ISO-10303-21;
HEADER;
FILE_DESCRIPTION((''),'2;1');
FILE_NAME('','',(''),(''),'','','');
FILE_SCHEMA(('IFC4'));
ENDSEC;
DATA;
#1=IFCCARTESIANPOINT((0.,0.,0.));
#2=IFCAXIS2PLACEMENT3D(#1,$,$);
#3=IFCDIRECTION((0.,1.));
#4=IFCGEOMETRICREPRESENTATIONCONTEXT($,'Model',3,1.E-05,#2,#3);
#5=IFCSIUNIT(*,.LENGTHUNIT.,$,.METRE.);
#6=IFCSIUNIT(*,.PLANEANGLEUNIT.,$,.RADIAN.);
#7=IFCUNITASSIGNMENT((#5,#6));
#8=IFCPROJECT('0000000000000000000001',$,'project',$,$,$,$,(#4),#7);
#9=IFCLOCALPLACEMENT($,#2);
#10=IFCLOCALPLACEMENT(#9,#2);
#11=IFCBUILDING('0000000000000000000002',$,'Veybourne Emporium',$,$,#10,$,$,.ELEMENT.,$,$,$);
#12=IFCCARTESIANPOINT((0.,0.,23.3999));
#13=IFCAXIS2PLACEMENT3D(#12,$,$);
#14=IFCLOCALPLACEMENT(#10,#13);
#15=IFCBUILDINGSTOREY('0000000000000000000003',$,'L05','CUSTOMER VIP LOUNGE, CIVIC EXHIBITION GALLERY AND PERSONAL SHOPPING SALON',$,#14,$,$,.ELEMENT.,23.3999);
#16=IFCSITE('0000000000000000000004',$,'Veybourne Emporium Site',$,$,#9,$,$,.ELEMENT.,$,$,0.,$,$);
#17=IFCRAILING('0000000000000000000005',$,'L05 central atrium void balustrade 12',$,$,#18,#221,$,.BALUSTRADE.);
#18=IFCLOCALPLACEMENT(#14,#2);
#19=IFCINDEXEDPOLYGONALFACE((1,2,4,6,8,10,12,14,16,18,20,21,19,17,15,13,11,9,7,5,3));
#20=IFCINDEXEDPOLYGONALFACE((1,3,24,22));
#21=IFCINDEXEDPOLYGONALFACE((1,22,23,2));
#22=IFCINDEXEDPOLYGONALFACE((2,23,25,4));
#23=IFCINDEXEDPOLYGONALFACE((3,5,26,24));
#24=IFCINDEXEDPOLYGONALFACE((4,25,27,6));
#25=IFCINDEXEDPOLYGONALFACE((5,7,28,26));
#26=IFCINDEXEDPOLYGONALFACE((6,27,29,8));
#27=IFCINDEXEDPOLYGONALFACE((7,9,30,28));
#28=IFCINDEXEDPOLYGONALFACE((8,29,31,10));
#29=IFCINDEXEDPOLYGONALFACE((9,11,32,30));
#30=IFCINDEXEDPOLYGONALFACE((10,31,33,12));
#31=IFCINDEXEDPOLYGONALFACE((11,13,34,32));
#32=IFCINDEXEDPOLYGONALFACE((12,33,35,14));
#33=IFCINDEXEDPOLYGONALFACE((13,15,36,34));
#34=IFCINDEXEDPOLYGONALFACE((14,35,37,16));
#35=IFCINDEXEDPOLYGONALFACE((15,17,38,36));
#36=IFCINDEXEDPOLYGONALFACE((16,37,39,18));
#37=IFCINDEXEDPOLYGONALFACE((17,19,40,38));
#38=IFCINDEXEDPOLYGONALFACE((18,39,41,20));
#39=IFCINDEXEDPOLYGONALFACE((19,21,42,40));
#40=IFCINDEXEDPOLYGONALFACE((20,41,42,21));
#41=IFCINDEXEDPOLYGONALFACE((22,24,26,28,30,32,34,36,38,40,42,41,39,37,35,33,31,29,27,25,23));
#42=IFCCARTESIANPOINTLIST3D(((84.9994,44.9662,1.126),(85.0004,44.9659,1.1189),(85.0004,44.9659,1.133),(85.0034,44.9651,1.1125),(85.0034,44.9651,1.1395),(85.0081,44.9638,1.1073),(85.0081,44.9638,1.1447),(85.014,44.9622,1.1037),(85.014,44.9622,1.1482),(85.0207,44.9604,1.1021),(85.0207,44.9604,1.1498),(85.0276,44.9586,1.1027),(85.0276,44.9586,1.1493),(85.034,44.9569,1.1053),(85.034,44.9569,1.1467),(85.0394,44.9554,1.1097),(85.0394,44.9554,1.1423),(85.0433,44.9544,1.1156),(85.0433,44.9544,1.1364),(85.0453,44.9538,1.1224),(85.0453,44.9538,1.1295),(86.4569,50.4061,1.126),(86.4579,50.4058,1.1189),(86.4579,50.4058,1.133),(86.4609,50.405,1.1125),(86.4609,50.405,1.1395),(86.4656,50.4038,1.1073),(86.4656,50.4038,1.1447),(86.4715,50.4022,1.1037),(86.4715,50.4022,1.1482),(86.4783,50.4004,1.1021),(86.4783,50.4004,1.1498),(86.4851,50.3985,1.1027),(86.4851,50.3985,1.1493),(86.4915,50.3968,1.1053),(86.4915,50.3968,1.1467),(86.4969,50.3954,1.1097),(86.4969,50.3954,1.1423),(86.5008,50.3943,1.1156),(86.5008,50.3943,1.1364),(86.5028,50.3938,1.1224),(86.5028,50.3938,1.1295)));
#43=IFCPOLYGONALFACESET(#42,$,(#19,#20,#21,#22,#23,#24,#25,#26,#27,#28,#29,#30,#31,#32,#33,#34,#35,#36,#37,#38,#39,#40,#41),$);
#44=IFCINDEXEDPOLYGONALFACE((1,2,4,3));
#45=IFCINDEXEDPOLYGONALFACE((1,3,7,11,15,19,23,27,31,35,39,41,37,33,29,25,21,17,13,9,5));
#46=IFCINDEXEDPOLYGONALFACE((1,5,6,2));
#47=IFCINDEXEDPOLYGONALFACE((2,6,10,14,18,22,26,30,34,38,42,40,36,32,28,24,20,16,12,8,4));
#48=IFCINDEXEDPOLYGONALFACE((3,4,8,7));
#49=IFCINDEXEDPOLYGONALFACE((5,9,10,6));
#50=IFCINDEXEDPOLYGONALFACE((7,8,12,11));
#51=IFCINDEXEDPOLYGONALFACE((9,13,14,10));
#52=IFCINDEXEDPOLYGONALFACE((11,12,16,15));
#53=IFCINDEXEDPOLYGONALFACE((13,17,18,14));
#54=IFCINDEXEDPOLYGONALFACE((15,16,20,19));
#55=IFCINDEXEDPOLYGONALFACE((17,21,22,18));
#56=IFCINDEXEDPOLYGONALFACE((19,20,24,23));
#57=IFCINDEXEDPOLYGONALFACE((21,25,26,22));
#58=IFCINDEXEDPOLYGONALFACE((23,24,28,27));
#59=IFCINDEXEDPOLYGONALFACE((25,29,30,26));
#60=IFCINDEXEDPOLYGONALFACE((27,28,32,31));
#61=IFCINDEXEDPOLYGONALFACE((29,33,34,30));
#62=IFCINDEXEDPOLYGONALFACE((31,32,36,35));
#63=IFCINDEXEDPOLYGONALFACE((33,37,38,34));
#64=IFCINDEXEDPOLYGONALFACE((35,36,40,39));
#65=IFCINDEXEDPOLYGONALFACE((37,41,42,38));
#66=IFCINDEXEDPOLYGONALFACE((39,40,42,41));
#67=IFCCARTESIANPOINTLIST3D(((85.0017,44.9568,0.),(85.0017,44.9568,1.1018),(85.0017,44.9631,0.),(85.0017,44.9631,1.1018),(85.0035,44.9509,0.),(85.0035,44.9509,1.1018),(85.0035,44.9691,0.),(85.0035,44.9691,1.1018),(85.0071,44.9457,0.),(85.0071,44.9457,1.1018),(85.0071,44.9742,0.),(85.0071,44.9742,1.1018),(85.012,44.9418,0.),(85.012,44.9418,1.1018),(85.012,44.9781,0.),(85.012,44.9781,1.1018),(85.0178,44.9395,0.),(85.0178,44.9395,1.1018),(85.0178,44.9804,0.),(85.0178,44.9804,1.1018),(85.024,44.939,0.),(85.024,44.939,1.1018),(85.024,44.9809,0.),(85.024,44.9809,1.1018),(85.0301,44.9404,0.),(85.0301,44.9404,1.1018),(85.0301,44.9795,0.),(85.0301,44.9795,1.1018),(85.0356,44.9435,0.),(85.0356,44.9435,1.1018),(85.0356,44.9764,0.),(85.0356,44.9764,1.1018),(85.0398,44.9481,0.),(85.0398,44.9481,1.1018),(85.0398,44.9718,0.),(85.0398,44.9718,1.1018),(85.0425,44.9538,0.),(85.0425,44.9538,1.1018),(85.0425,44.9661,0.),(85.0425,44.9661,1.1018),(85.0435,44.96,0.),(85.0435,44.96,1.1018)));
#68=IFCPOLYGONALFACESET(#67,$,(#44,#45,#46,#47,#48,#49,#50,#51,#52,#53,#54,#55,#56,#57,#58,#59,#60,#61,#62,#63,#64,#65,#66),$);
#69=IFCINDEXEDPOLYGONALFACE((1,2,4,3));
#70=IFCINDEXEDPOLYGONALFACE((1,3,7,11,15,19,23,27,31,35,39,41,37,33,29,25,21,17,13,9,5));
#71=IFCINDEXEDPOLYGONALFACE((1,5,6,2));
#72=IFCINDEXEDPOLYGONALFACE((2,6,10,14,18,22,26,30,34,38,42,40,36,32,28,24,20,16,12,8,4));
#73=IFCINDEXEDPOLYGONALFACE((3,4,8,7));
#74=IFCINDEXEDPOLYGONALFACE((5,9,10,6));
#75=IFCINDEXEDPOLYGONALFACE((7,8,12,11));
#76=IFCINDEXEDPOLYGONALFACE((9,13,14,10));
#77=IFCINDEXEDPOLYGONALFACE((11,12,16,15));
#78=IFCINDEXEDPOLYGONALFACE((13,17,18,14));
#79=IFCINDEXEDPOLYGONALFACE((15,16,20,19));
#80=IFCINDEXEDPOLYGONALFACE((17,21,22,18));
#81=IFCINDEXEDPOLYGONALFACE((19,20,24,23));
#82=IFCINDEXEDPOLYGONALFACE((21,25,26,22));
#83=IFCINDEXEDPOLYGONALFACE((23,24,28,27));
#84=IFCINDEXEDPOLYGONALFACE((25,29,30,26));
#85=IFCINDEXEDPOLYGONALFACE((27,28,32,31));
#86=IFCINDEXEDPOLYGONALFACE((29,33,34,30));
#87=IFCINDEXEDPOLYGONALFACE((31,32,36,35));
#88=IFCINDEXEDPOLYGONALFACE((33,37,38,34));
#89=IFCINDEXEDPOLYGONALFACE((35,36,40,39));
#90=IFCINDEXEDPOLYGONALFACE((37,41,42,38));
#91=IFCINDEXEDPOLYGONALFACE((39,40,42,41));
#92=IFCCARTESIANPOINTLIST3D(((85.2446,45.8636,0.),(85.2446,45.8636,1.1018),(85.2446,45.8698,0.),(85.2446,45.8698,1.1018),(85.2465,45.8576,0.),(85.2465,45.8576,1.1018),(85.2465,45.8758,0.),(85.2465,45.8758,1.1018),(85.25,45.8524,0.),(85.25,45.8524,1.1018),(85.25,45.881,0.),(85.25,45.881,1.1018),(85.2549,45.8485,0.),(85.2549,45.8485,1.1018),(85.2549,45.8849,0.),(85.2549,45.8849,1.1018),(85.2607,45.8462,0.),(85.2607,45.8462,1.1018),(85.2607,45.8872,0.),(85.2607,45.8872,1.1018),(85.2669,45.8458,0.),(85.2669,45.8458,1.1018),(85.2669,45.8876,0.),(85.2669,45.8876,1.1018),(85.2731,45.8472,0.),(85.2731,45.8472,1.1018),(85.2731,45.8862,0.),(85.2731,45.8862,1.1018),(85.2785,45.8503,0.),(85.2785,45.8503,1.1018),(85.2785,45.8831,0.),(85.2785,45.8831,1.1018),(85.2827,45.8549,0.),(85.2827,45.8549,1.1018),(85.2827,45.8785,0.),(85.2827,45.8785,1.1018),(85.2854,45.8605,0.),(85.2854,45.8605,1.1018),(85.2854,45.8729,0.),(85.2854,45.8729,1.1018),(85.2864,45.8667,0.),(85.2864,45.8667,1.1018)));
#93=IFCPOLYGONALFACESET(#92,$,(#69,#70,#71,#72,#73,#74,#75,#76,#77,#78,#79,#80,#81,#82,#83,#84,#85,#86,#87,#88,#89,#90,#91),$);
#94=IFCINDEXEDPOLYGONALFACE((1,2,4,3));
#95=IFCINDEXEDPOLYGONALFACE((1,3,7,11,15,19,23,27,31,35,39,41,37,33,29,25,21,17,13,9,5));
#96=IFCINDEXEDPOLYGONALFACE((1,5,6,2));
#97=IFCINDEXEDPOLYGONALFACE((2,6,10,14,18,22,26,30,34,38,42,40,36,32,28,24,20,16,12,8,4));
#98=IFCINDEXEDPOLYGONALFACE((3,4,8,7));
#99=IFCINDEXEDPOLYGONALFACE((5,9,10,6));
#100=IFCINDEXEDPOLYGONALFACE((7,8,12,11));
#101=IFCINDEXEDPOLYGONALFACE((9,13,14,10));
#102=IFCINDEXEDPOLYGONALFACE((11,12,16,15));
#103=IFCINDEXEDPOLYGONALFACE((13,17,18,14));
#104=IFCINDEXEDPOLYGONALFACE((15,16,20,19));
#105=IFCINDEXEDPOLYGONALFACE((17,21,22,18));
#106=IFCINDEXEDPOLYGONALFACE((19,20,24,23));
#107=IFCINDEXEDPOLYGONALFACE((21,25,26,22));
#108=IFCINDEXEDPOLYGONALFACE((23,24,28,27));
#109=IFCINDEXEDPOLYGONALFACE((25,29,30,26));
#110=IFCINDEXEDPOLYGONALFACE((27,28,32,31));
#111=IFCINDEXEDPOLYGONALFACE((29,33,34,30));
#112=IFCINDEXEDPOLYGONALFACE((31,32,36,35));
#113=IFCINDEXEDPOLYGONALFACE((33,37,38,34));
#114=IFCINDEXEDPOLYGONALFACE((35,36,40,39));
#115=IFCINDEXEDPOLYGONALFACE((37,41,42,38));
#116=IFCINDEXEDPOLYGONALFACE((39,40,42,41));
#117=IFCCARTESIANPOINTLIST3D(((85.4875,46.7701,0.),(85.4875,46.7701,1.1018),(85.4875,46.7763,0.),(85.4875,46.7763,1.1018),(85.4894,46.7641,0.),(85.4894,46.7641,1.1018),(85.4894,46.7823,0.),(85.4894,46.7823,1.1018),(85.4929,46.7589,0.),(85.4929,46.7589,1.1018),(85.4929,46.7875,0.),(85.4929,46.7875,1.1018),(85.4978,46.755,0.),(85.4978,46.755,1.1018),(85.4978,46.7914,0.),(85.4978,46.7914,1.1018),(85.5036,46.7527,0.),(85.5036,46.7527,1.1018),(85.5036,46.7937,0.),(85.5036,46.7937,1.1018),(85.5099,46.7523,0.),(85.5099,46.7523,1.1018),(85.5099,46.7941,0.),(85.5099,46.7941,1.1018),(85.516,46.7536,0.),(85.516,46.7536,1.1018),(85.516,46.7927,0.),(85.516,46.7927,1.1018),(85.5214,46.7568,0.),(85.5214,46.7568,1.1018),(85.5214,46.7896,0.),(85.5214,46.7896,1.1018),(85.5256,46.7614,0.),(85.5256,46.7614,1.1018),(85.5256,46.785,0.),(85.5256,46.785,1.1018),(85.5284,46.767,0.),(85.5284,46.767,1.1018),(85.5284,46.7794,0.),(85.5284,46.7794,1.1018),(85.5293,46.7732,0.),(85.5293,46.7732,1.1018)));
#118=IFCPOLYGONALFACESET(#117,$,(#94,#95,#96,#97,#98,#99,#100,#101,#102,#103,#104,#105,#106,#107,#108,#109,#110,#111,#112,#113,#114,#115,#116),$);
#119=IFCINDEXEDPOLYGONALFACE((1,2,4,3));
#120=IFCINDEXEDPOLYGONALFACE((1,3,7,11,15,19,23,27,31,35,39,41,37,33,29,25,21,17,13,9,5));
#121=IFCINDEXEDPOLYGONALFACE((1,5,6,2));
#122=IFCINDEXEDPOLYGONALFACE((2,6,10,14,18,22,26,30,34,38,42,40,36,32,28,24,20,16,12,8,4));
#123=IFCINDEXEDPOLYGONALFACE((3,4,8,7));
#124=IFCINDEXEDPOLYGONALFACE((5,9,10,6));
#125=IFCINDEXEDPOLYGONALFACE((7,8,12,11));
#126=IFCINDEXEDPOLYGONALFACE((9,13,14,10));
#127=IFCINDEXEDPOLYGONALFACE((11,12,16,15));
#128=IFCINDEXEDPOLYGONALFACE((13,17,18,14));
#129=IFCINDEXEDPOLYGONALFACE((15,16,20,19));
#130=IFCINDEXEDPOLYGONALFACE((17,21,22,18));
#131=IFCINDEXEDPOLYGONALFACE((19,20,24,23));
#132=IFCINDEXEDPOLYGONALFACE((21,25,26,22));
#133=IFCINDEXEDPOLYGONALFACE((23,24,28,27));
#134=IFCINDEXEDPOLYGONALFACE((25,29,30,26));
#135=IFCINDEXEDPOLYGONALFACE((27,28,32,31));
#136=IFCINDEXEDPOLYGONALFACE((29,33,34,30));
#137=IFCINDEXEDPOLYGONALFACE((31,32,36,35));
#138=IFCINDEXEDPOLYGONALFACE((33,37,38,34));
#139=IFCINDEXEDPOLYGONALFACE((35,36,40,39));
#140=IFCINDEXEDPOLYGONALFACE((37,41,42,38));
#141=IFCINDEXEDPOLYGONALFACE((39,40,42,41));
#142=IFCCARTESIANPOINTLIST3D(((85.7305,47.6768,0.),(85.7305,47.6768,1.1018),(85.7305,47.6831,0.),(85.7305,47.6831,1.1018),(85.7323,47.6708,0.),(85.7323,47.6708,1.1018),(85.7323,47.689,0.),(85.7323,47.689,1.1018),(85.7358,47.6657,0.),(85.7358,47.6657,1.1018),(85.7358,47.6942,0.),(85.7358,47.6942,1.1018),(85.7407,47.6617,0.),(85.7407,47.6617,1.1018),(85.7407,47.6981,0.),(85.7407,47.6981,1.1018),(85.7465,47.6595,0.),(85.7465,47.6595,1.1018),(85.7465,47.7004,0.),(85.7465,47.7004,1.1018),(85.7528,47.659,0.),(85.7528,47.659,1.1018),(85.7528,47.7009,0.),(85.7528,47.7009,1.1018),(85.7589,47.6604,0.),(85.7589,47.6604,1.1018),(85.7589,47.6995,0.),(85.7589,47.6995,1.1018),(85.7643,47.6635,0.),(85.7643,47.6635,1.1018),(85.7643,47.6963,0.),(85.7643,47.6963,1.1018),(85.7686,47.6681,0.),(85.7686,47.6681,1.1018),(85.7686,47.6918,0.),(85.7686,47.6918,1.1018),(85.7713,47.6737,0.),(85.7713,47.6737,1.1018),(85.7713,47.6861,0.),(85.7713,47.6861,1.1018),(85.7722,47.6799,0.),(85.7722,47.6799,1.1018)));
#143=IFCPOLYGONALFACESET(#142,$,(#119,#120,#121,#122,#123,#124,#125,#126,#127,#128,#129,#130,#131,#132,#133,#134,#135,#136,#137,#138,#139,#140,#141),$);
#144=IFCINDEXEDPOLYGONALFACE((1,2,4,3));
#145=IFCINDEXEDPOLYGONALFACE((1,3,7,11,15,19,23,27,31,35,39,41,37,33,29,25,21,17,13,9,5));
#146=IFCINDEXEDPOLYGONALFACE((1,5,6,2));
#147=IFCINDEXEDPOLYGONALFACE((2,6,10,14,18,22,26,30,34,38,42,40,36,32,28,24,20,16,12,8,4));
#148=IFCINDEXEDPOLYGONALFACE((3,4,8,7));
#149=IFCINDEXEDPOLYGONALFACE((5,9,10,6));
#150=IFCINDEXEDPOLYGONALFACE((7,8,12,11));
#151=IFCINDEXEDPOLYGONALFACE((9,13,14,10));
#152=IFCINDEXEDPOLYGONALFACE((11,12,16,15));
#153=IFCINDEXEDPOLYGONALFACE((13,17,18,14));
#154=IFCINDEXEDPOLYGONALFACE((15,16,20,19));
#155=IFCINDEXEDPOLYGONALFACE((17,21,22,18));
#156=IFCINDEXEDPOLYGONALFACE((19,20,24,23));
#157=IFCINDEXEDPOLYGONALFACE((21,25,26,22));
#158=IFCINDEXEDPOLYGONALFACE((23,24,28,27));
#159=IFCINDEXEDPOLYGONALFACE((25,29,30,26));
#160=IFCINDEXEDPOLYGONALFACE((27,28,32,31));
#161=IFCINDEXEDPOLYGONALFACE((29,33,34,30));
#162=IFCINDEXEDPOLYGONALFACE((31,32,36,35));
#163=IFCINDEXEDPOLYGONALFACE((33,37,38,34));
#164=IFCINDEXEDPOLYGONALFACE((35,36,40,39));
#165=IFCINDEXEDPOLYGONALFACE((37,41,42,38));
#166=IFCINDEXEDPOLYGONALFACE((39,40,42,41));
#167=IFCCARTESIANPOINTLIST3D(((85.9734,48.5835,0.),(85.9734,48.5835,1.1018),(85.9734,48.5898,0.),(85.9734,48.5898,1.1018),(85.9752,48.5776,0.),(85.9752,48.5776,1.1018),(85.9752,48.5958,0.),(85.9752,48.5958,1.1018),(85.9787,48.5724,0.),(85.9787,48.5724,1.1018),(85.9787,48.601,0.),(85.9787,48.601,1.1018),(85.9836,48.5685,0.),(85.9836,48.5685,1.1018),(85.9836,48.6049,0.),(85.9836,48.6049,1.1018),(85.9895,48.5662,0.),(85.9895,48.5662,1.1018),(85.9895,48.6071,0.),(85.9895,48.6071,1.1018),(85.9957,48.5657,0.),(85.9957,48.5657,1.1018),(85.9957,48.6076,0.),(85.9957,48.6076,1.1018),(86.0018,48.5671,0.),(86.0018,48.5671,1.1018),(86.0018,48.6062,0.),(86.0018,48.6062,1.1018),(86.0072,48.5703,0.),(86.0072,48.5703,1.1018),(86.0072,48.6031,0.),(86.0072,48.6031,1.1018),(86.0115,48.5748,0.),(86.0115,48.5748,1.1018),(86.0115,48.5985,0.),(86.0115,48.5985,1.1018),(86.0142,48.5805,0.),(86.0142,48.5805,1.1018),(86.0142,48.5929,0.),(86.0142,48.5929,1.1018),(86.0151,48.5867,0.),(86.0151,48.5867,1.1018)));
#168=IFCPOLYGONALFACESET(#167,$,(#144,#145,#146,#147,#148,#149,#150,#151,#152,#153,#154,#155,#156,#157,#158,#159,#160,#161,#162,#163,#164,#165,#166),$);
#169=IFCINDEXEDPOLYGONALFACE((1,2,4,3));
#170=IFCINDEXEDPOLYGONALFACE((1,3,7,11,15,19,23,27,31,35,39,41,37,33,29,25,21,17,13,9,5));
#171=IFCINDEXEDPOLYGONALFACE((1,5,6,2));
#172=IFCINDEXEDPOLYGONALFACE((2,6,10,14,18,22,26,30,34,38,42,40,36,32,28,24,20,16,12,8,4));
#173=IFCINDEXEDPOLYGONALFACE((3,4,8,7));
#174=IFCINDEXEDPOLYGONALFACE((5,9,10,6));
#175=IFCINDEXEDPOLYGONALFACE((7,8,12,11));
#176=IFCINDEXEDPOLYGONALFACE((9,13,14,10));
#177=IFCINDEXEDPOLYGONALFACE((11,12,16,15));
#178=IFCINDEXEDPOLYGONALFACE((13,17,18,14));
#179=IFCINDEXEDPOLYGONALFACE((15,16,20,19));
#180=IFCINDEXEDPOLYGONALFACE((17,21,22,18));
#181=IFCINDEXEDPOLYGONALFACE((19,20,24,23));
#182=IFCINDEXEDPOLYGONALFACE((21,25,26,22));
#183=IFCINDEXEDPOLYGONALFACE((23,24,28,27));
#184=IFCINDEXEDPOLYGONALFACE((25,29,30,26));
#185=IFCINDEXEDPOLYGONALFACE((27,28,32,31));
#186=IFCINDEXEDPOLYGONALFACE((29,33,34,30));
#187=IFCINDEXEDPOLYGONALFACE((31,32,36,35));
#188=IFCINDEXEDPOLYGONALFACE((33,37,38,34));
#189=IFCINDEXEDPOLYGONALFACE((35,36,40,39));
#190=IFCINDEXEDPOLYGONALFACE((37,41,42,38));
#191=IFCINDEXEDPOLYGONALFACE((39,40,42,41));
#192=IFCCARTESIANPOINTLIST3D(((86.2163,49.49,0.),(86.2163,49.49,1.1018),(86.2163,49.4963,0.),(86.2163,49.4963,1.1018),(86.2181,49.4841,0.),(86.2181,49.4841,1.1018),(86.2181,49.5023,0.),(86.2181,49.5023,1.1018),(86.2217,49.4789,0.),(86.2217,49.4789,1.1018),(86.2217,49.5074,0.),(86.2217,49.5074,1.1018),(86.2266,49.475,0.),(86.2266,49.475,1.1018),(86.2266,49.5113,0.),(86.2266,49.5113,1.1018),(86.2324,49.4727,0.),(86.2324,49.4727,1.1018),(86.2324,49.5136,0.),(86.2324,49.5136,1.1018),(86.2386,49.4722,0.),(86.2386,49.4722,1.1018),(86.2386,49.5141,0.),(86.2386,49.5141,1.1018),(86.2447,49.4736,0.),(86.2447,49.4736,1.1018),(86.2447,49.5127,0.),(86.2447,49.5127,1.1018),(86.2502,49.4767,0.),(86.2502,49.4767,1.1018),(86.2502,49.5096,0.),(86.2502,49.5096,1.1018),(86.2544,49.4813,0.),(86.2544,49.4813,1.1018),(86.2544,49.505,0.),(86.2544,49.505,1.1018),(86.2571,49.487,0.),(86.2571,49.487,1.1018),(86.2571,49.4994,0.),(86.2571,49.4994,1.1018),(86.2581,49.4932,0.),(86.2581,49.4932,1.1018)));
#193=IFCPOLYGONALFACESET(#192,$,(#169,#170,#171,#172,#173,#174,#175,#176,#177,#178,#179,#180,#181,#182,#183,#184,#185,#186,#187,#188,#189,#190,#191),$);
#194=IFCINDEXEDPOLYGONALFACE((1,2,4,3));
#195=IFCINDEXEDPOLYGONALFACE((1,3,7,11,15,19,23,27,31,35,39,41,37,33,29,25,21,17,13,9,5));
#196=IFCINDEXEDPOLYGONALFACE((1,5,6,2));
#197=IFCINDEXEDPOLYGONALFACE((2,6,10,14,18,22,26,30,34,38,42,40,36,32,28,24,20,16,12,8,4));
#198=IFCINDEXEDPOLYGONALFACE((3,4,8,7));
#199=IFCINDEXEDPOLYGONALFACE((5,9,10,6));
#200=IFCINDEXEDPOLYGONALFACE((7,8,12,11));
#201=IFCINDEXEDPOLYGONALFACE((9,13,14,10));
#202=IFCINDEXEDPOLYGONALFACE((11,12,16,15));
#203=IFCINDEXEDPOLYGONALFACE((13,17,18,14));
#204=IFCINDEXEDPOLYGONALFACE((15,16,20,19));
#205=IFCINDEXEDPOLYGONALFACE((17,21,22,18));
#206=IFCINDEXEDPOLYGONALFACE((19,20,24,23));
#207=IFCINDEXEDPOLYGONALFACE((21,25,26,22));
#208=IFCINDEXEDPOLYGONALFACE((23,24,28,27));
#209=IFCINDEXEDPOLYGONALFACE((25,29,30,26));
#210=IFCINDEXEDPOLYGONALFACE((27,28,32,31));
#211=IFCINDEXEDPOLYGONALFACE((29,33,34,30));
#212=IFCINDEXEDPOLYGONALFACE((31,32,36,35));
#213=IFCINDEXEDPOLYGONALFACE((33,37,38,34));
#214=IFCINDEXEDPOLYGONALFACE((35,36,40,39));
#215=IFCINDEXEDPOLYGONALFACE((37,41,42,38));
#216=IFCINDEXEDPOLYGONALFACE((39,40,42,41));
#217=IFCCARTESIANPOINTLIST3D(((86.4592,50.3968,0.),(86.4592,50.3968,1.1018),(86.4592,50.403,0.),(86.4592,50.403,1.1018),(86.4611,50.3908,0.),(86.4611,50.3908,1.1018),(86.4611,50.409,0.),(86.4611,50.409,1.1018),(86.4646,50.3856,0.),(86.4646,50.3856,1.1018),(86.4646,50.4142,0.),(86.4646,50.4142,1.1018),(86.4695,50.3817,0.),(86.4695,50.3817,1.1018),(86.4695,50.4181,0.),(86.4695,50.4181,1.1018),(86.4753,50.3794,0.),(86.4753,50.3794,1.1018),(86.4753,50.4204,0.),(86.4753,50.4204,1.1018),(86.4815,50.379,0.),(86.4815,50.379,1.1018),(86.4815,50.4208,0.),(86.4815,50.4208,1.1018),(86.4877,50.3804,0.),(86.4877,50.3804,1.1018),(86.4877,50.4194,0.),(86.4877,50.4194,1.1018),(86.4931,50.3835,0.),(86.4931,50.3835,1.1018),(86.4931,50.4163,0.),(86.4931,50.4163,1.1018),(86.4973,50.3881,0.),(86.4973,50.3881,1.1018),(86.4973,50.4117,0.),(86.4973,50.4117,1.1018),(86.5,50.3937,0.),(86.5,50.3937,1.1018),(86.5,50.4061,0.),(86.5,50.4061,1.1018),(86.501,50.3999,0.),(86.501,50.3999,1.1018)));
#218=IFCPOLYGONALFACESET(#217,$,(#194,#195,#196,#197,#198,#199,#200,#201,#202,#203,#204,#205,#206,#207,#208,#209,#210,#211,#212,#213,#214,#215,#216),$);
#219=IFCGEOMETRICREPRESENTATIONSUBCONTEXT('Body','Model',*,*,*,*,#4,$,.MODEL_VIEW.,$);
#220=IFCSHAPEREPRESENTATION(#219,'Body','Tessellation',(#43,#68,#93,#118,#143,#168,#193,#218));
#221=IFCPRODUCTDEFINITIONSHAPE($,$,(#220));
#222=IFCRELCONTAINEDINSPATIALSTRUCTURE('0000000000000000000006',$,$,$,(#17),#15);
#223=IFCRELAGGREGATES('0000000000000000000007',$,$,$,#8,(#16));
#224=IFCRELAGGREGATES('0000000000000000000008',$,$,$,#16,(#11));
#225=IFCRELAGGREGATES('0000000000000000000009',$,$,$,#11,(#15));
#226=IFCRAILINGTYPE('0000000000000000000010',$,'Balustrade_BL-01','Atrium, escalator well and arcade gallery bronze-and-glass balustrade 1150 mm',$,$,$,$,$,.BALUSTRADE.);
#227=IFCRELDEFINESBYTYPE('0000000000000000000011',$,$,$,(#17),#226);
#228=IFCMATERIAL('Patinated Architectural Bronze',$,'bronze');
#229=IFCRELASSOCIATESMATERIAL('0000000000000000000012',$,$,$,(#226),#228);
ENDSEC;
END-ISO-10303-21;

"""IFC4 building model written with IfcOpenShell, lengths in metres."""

from ifc_helpers import new_model, si_unit, direction, frame, origin, origin_2d, place, context, subcontext, project, spatial, circle, extrude, material, type_object, element, save


model = new_model("IFC4")

# Units and contexts
model_context = context("Model", 3, precision=1e-05, world=origin(), true_north=direction((0.0, 1.0)))
body_context = subcontext(model_context, "Body", "Model", "MODEL_VIEW")
ifc_project = project(units=[si_unit("LENGTHUNIT", "METRE"), si_unit("PLANEANGLEUNIT", "RADIAN")], contexts=[model_context])

# Site, building, storey
site_placement = place(None, origin())
site = spatial("IfcSite", under=ifc_project, at=site_placement, Name="Veybourne Emporium Site", CompositionType="ELEMENT", RefElevation=0.0)
building_placement = place(site_placement, origin())
building = spatial("IfcBuilding", under=site, at=building_placement, Name="Veybourne Emporium", CompositionType="ELEMENT")
storey_placement = place(building_placement, frame((0.0, 0.0, 23.3999)))
storey = spatial("IfcBuildingStorey", under=building, at=storey_placement, Name="L05", Description="CUSTOMER VIP LOUNGE, CIVIC EXHIBITION GALLERY AND PERSONAL SHOPPING SALON", CompositionType="ELEMENT", Elevation=23.3999)

# Shared definitions
ifc_material_1 = material(Name="Patinated Architectural Bronze", Category="bronze")

# Railing
railing_type = type_object("IfcRailingType", Name="Balustrade_BL-01", Description="Atrium, escalator well and arcade gallery bronze-and-glass balustrade 1150 mm", PredefinedType="BALUSTRADE", material=ifc_material_1)
railing_1_placement = place(storey_placement, frame((85.0225, 44.96, 0.0)))
element("IfcRailing", 1, at=railing_1_placement, inside=storey, type_object=railing_type, Name="L05 central atrium void balustrade 12", PredefinedType="BALUSTRADE", context=body_context, shape_type="SweptSolid", body=[
    extrude(circle(Radius=0.0239, at=origin_2d()), frame((0.0, 0.0, 1.126), z_axis=(0.258801, 0.965931, 0.0), x_axis=(-0.965931, 0.258801, 0.0)), (0.0, 0.0, 1.0), 5.6318),
    extrude(circle(Radius=0.021, at=origin_2d()), origin(), (0.0, 0.0, 1.0), 1.1018),
    extrude(circle(Radius=0.021, at=origin_2d()), frame((0.2429, 0.9067, 0.0)), (0.0, 0.0, 1.0), 1.1018),
    extrude(circle(Radius=0.021, at=origin_2d()), frame((0.4858, 1.8132, 0.0)), (0.0, 0.0, 1.0), 1.1018),
    extrude(circle(Radius=0.021, at=origin_2d()), frame((0.7288, 2.72, 0.0)), (0.0, 0.0, 1.0), 1.1018),
    extrude(circle(Radius=0.021, at=origin_2d()), frame((0.9717, 3.6267, 0.0)), (0.0, 0.0, 1.0), 1.1018),
    extrude(circle(Radius=0.021, at=origin_2d()), frame((1.2146, 4.5332, 0.0)), (0.0, 0.0, 1.0), 1.1018),
    extrude(circle(Radius=0.021, at=origin_2d()), frame((1.4575, 5.4399, 0.0)), (0.0, 0.0, 1.0), 1.1018),
])

save(model, "model.ifc")
